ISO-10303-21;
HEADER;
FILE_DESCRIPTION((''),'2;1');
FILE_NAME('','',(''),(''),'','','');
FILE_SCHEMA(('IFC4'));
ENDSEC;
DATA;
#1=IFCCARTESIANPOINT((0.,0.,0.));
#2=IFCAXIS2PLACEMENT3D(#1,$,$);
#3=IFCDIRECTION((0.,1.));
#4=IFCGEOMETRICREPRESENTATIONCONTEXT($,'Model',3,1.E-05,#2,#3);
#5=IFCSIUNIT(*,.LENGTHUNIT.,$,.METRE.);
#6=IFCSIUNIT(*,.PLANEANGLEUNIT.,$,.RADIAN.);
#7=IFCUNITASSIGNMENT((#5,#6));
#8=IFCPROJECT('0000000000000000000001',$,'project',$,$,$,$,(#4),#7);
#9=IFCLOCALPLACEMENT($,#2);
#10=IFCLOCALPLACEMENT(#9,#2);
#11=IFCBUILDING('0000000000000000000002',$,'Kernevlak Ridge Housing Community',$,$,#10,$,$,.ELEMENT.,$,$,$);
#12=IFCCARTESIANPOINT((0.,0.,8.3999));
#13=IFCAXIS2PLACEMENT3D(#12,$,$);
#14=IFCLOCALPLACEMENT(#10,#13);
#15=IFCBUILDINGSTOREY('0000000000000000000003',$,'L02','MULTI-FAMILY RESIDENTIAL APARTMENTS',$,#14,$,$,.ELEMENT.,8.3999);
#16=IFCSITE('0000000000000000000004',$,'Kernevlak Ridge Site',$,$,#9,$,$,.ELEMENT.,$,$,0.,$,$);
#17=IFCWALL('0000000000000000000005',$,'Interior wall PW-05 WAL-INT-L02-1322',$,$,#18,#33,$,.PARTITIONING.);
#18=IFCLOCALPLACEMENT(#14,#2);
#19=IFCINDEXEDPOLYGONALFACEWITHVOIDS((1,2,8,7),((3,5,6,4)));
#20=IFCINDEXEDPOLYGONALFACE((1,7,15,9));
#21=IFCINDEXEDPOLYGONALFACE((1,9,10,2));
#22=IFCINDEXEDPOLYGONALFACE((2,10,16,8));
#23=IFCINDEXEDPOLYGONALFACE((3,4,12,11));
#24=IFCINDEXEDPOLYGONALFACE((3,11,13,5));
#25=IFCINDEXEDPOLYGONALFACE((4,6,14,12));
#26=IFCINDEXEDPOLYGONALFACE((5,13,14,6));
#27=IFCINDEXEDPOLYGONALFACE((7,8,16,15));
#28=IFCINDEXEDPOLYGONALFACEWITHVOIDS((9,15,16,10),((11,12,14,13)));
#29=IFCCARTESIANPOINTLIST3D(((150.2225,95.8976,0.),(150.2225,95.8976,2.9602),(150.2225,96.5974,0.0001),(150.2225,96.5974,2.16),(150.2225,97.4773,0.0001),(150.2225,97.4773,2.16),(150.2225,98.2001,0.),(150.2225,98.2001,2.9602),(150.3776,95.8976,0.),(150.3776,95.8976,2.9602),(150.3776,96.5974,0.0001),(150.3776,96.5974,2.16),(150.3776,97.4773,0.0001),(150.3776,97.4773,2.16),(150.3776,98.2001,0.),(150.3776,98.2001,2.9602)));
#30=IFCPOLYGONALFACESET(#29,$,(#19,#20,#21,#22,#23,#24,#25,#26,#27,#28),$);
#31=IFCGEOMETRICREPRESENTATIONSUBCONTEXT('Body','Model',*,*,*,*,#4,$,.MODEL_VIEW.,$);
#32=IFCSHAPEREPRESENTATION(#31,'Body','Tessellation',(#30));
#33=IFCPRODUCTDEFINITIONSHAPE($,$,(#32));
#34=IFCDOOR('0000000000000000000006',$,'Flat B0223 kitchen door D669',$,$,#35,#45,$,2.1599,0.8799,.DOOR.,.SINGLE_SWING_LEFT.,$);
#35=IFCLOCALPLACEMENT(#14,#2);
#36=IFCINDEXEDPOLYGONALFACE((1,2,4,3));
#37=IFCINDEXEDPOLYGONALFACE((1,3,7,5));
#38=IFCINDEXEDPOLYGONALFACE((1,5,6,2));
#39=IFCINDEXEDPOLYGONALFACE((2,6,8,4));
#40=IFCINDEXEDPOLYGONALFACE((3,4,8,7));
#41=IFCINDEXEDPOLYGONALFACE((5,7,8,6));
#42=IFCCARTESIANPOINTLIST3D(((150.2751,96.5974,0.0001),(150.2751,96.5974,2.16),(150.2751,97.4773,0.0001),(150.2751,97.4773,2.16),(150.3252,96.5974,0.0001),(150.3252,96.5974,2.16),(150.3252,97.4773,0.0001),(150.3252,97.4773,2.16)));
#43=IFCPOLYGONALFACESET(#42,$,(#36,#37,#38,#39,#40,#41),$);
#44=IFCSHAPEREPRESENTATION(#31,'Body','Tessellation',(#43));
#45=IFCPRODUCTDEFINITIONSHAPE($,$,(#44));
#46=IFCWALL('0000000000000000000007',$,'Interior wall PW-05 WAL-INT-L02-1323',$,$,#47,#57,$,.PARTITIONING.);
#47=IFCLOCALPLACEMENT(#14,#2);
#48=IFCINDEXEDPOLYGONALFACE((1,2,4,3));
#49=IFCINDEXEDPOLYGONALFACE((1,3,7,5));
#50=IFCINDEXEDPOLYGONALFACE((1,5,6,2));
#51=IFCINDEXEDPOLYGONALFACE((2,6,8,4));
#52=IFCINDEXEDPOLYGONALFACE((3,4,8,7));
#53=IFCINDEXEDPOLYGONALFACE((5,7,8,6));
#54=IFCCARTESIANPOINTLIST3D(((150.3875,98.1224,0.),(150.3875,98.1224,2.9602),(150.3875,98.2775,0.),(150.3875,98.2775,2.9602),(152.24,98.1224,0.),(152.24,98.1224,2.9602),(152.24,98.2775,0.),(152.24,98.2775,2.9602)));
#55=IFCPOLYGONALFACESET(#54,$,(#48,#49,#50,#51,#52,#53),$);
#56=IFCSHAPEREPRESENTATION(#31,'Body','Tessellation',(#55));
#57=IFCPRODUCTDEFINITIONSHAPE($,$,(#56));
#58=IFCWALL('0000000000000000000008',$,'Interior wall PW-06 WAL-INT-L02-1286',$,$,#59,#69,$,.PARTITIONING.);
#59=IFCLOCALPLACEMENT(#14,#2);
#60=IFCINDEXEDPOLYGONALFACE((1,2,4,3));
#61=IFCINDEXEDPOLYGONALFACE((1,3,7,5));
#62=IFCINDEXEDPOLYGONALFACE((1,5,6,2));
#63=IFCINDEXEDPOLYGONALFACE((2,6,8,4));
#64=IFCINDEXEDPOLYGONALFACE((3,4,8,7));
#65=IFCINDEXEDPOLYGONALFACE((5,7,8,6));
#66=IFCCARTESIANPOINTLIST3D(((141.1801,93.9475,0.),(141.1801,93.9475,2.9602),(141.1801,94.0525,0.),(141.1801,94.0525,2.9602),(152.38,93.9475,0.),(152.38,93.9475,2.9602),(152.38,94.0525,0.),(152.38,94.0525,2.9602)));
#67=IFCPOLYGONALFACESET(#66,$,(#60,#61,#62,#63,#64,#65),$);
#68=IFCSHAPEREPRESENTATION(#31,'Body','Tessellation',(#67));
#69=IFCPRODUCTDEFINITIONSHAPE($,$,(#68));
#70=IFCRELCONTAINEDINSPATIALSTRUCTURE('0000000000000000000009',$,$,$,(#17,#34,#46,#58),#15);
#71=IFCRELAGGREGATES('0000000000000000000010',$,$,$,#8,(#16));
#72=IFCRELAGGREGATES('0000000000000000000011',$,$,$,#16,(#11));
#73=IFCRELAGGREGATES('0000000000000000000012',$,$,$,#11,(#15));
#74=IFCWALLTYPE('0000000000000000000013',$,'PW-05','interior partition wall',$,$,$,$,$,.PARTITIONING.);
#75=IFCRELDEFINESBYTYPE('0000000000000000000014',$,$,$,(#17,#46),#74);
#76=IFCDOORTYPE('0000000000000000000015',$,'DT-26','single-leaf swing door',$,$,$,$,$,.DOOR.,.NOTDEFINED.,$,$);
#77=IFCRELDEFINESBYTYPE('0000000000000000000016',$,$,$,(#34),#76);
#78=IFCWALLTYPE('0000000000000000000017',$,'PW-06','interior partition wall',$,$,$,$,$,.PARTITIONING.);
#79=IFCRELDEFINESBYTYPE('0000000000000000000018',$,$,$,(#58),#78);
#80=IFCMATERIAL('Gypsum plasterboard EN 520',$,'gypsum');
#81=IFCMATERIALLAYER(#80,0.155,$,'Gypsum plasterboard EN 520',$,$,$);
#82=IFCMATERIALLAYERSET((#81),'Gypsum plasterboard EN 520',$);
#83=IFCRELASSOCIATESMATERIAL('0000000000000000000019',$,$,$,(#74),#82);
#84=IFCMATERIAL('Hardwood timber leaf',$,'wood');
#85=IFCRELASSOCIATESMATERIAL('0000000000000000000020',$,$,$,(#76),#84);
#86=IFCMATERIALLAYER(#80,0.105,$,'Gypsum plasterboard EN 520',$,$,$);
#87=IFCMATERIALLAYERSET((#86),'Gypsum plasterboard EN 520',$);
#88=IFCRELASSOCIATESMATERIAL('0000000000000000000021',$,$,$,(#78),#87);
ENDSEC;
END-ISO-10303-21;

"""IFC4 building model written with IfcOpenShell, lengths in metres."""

from ifc_helpers import new_model, si_unit, direction, frame, frame_2d, origin, place, context, subcontext, project, spatial, rectangle, extrude, material, layer, layer_set, type_object, element, fill, save


model = new_model("IFC4")

# Units and contexts
model_context = context("Model", 3, precision=1e-05, world=origin(), true_north=direction((0.0, 1.0)))
body_context = subcontext(model_context, "Body", "Model", "MODEL_VIEW")
ifc_project = project(units=[si_unit("LENGTHUNIT", "METRE"), si_unit("PLANEANGLEUNIT", "RADIAN")], contexts=[model_context])

# Site, building, storey
site_placement = place(None, origin())
site = spatial("IfcSite", under=ifc_project, at=site_placement, Name="Kernevlak Ridge Site", CompositionType="ELEMENT", RefElevation=0.0)
building_placement = place(site_placement, origin())
building = spatial("IfcBuilding", under=site, at=building_placement, Name="Kernevlak Ridge Housing Community", CompositionType="ELEMENT")
storey_placement = place(building_placement, frame((0.0, 0.0, 8.3999)))
storey = spatial("IfcBuildingStorey", under=building, at=storey_placement, Name="L02", Description="MULTI-FAMILY RESIDENTIAL APARTMENTS", CompositionType="ELEMENT", Elevation=8.3999)

# Shared definitions
ifc_material_1 = material(Name="Hardwood timber leaf", Category="wood")

# Wall, opening, door
ifc_material_2 = material(Name="Gypsum plasterboard EN 520", Category="gypsum")
ifc_layer_1 = layer(ifc_material_2, 0.155, Name="Gypsum plasterboard EN 520")
ifc_layer_set_1 = layer_set([ifc_layer_1], Name="Gypsum plasterboard EN 520")
wall_type_1 = type_object("IfcWallType", Name="PW-05", Description="interior partition wall", PredefinedType="PARTITIONING", material=ifc_layer_set_1)
wall_1_placement = place(storey_placement, frame((150.3, 95.8975, 0.0), z_axis=(0.0, 0.0, 1.0), x_axis=(0.0, 1.0, 0.0)))
wall_1 = element("IfcWall", 1, at=wall_1_placement, inside=storey, type_object=wall_type_1, Name="Interior wall PW-05 WAL-INT-L02-1322", PredefinedType="PARTITIONING", context=body_context, shape_type="SweptSolid", body=[
    extrude(rectangle(XDim=2.3025, YDim=0.155, at=frame_2d((1.1514, 0.0))), origin(), (0.0, 0.0, 1.0), 2.9602),
])
opening_1_placement = place(wall_1_placement, frame((0.7, 0.0, 0.0)))
opening_1 = element("IfcOpeningElement", 2, at=opening_1_placement, cuts=wall_1, PredefinedType="OPENING", context=body_context, shape_type="SweptSolid", body=[
    extrude(rectangle(XDim=0.8799, YDim=2.1599, at=frame_2d((0.4399, 1.0801))), frame((0.0, 0.0874, 0.0), z_axis=(0.0, -1.0, 0.0), x_axis=(1.0, 0.0, 0.0)), (0.0, 0.0, 1.0), 0.175),
])
door_type_1 = type_object("IfcDoorType", Name="DT-26", Description="single-leaf swing door", OperationType="NOTDEFINED", PredefinedType="DOOR", material=ifc_material_1)
door_1_placement = place(opening_1_placement, origin())
door_1 = element("IfcDoor", 3, at=door_1_placement, inside=storey, type_object=door_type_1, Name="Flat B0223 kitchen door D669", OperationType="SINGLE_SWING_LEFT", OverallHeight=2.1599, OverallWidth=0.8799, PredefinedType="DOOR", context=body_context, shape_type="SweptSolid", body=[
    extrude(rectangle(XDim=0.8799, YDim=2.1599, at=frame_2d((0.4399, 1.0801))), frame((0.0, 0.0249, 0.0), z_axis=(0.0, -1.0, 0.0), x_axis=(1.0, 0.0, 0.0)), (0.0, 0.0, 1.0), 0.05),
])
fill(opening_1, door_1)

# Walls
wall_2_placement = place(storey_placement, frame((150.3875, 98.2, 0.0), z_axis=(0.0, 0.0, 1.0), x_axis=(1.0, 0.0, 0.0)))
element("IfcWall", 4, at=wall_2_placement, inside=storey, type_object=wall_type_1, Name="Interior wall PW-05 WAL-INT-L02-1323", PredefinedType="PARTITIONING", context=body_context, shape_type="SweptSolid", body=[
    extrude(rectangle(XDim=1.8525, YDim=0.155, at=frame_2d((0.9263, 0.0))), origin(), (0.0, 0.0, 1.0), 2.9602),
])
ifc_layer_2 = layer(ifc_material_2, 0.105, Name="Gypsum plasterboard EN 520")
ifc_layer_set_2 = layer_set([ifc_layer_2], Name="Gypsum plasterboard EN 520")
wall_type_2 = type_object("IfcWallType", Name="PW-06", Description="interior partition wall", PredefinedType="PARTITIONING", material=ifc_layer_set_2)
wall_3_placement = place(storey_placement, frame((141.1799, 94.0, 0.0), z_axis=(0.0, 0.0, 1.0), x_axis=(1.0, 0.0, 0.0)))
element("IfcWall", 5, at=wall_3_placement, inside=storey, type_object=wall_type_2, Name="Interior wall PW-06 WAL-INT-L02-1286", PredefinedType="PARTITIONING", context=body_context, shape_type="SweptSolid", body=[
    extrude(rectangle(XDim=11.2, YDim=0.105, at=frame_2d((5.6001, 0.0))), origin(), (0.0, 0.0, 1.0), 2.9602),
])

save(model, "model.ifc")
